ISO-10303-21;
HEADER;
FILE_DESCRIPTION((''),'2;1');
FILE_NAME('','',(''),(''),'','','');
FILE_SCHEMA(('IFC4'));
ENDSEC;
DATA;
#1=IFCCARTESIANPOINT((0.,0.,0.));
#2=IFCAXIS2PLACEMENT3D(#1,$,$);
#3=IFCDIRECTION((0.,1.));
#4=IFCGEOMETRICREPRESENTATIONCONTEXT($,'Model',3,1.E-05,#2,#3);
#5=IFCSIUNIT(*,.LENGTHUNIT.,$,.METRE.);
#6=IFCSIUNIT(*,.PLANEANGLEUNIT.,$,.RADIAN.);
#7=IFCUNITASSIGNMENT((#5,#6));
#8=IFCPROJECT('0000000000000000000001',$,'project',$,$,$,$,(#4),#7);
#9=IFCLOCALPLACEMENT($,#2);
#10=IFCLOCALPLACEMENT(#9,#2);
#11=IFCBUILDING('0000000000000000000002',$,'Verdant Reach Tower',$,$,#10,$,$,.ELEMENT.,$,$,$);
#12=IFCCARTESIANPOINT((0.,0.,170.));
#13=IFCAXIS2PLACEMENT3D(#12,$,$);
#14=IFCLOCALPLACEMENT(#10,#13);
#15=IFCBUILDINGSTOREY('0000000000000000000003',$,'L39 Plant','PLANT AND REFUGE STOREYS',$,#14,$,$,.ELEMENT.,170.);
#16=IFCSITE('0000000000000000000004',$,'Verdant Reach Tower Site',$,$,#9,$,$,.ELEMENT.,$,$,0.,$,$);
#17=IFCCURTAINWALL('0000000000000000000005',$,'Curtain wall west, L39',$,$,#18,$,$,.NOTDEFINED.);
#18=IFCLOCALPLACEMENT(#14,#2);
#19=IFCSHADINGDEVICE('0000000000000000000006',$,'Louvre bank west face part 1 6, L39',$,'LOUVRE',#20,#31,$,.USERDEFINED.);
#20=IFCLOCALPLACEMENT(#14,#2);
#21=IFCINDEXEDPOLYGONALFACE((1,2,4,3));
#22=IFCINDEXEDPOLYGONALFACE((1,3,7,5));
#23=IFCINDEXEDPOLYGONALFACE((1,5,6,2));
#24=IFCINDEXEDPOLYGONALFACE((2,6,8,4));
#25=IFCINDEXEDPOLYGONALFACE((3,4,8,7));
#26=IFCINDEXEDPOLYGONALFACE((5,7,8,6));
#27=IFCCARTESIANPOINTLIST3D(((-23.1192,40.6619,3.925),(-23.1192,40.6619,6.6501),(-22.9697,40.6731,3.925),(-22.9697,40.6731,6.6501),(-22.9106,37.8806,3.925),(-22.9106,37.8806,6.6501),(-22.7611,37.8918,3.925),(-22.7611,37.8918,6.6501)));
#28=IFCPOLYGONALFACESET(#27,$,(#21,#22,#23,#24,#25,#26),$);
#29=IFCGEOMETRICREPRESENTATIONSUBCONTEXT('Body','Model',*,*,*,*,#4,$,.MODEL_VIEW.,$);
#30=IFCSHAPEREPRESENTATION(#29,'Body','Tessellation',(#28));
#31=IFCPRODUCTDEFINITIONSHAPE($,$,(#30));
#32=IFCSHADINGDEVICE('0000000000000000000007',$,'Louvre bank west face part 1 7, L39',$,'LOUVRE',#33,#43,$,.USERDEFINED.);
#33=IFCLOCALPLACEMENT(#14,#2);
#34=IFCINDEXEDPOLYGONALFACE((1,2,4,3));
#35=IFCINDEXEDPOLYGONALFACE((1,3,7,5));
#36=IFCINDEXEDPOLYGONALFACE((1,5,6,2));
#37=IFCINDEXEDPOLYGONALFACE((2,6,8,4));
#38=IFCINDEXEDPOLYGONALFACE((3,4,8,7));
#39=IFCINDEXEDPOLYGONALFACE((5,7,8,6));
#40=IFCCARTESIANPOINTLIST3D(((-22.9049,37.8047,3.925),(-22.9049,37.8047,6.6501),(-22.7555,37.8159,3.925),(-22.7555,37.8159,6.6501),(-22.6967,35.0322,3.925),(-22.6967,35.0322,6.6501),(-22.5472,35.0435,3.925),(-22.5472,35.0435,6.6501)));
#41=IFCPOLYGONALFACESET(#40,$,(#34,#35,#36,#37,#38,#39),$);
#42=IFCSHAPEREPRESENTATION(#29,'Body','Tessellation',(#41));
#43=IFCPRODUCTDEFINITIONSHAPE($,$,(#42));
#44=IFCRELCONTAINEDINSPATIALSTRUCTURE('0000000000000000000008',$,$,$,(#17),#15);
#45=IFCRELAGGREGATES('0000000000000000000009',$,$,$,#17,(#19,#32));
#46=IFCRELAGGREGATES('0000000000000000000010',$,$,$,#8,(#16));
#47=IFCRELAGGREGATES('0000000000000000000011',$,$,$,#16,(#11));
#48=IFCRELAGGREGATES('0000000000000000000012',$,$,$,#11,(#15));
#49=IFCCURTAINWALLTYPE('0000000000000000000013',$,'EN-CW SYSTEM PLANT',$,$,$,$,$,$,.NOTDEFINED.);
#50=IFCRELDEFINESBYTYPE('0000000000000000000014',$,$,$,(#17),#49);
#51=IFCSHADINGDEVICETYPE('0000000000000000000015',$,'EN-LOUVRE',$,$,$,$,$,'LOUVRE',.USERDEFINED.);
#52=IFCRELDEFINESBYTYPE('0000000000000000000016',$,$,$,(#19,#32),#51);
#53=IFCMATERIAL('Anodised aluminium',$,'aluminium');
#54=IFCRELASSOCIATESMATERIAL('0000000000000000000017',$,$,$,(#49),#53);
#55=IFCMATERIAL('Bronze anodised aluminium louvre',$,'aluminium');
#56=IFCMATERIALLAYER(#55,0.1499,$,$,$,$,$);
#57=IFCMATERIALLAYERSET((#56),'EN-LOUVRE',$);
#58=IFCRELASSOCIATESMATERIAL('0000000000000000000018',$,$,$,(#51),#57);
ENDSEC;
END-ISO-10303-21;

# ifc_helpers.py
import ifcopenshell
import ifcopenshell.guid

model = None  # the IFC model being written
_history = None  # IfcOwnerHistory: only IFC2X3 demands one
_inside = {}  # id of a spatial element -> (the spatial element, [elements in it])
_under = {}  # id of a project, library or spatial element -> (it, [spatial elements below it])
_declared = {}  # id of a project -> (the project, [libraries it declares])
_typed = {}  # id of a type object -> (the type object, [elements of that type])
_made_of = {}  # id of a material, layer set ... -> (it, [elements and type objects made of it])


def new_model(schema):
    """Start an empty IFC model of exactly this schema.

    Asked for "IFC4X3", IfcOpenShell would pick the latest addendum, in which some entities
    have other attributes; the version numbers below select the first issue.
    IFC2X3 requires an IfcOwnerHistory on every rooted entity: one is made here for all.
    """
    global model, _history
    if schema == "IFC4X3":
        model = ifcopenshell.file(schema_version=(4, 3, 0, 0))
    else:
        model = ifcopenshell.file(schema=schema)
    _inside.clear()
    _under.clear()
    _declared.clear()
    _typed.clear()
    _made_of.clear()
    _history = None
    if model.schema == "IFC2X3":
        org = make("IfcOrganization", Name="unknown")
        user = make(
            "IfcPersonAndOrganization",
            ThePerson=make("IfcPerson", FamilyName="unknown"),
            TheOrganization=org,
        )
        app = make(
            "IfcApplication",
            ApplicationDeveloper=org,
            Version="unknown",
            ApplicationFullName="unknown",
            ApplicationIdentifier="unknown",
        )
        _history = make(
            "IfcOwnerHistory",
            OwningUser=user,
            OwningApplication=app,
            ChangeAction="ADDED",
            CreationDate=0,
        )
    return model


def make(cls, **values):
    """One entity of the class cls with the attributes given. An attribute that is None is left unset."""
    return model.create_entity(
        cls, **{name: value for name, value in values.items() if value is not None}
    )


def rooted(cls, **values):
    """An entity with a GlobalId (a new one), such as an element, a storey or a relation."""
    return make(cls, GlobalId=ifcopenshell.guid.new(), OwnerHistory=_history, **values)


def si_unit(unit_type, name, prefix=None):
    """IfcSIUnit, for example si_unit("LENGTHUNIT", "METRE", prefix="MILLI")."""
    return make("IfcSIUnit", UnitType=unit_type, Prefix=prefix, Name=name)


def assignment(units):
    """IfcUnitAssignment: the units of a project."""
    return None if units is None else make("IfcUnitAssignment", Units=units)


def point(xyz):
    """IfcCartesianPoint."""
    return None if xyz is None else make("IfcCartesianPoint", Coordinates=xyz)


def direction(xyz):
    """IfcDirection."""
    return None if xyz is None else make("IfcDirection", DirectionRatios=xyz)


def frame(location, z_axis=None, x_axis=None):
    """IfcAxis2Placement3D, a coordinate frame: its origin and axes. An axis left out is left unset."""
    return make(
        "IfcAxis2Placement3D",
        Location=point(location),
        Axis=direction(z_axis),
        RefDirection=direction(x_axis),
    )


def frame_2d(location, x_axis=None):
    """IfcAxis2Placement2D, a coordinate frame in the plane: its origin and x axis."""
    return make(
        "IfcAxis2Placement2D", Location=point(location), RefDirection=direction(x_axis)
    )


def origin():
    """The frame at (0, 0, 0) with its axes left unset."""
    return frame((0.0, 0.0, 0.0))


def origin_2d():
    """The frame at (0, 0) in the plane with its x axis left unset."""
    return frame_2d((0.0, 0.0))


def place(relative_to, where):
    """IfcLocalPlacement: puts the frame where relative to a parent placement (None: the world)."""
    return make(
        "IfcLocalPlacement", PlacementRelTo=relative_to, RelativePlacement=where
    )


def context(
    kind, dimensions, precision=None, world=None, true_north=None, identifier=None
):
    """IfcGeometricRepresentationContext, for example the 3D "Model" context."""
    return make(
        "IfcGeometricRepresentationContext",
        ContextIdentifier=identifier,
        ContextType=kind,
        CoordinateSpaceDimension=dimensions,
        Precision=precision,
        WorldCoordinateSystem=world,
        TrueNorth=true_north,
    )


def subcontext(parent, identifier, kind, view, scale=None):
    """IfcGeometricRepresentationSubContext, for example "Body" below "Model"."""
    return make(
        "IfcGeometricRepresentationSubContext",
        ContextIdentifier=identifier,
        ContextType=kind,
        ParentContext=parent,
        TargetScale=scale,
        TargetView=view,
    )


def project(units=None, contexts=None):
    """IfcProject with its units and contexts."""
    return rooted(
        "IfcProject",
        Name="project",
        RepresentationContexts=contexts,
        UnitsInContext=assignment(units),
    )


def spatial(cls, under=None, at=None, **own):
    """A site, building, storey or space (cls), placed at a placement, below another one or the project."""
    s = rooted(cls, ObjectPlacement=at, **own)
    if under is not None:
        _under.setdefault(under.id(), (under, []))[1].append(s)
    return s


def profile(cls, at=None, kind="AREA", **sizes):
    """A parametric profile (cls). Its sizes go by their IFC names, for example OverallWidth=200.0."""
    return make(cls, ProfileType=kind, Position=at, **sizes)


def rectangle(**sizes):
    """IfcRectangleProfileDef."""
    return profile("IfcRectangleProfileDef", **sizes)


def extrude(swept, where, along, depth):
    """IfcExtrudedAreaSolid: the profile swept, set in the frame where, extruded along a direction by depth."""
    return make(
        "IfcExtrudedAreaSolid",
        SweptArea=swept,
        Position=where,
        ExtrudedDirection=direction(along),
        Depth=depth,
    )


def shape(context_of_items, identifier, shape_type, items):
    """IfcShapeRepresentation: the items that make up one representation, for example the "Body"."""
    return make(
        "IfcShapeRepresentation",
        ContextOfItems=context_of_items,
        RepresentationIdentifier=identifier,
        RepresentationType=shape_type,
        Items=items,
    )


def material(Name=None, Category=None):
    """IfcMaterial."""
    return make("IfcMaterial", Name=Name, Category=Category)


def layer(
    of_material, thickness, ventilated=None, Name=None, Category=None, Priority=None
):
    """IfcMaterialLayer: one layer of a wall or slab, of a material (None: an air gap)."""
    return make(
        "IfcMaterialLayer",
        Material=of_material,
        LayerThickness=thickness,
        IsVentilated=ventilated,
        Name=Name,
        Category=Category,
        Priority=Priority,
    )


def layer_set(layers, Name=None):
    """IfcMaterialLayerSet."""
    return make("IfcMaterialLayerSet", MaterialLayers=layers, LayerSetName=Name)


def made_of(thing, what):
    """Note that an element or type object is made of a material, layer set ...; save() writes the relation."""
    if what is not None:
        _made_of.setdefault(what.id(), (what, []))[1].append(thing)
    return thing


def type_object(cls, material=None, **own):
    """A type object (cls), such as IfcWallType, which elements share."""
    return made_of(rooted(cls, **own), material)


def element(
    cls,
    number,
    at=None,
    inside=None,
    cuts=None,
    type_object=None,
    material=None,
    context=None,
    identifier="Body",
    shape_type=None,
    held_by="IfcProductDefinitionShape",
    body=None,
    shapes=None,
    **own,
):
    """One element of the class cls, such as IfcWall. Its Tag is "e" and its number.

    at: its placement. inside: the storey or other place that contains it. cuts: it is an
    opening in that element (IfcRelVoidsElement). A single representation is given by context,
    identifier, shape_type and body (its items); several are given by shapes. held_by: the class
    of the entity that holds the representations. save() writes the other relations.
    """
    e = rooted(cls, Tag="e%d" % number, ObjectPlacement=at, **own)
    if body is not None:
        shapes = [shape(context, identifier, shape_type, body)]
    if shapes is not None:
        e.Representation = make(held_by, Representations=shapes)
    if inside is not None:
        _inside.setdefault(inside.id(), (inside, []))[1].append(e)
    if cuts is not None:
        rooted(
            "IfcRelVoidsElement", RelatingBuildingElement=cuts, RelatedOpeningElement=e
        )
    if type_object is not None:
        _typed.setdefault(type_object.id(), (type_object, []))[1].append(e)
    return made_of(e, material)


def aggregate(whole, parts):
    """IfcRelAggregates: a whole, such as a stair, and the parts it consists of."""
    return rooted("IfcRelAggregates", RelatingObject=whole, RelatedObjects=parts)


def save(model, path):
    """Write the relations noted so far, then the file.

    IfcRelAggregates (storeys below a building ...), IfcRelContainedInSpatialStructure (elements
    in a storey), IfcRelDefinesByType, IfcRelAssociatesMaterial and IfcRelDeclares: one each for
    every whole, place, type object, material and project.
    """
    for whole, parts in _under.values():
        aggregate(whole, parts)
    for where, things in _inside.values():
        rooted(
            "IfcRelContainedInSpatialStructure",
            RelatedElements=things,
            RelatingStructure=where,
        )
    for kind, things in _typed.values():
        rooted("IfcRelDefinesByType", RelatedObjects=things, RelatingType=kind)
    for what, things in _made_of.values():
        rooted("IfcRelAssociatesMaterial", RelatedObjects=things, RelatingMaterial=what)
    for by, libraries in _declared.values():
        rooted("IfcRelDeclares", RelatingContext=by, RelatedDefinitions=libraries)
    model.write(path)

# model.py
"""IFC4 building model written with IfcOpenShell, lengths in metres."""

from ifc_helpers import new_model, si_unit, direction, frame, origin, origin_2d, place, context, subcontext, project, spatial, rectangle, extrude, material, layer, layer_set, type_object, element, aggregate, save


model = new_model("IFC4")

# Units and contexts
model_context = context("Model", 3, precision=1e-05, world=origin(), true_north=direction((0.0, 1.0)))
body_context = subcontext(model_context, "Body", "Model", "MODEL_VIEW")
ifc_project = project(units=[si_unit("LENGTHUNIT", "METRE"), si_unit("PLANEANGLEUNIT", "RADIAN")], contexts=[model_context])

# Site, building, storey
site_placement = place(None, origin())
site = spatial("IfcSite", under=ifc_project, at=site_placement, Name="Verdant Reach Tower Site", CompositionType="ELEMENT", RefElevation=0.0)
building_placement = place(site_placement, origin())
building = spatial("IfcBuilding", under=site, at=building_placement, Name="Verdant Reach Tower", CompositionType="ELEMENT")
storey_placement = place(building_placement, frame((0.0, 0.0, 170.0)))
storey = spatial("IfcBuildingStorey", under=building, at=storey_placement, Name="L39 Plant", Description="PLANT AND REFUGE STOREYS", CompositionType="ELEMENT", Elevation=170.0)

# Curtain wall
ifc_material_1 = material(Name="Anodised aluminium", Category="aluminium")
curtain_wall_type = type_object("IfcCurtainWallType", Name="EN-CW SYSTEM PLANT", PredefinedType="NOTDEFINED", material=ifc_material_1)
curtain_wall_placement = place(storey_placement, origin())
curtain_wall = element("IfcCurtainWall", 1, at=curtain_wall_placement, inside=storey, type_object=curtain_wall_type, Name="Curtain wall west, L39", PredefinedType="NOTDEFINED")

# Shading devices
ifc_material_2 = material(Name="Bronze anodised aluminium louvre", Category="aluminium")
ifc_layer_1 = layer(ifc_material_2, 0.1499)
ifc_layer_set_1 = layer_set([ifc_layer_1], Name="EN-LOUVRE")
shading_device_type = type_object("IfcShadingDeviceType", Name="EN-LOUVRE", ElementType="LOUVRE", PredefinedType="USERDEFINED", material=ifc_layer_set_1)
shading_device_1_placement = place(storey_placement, frame((-22.9402, 39.2769, 3.925), z_axis=(0.0, 0.0, 1.0), x_axis=(0.07479, -0.997199, 0.0)))
shading_device_1 = element("IfcShadingDevice", 2, at=shading_device_1_placement, type_object=shading_device_type, Name="Louvre bank west face part 1 6, L39", ObjectType="LOUVRE", PredefinedType="USERDEFINED", context=body_context, shape_type="SweptSolid", body=[
    extrude(rectangle(XDim=2.7891, YDim=0.1499, at=origin_2d()), origin(), (0.0, 0.0, 1.0), 2.7251),
])
shading_device_2_placement = place(storey_placement, frame((-22.7261, 36.4241, 3.925), z_axis=(0.0, 0.0, 1.0), x_axis=(0.074906, -0.997191, 0.0)))
shading_device_2 = element("IfcShadingDevice", 3, at=shading_device_2_placement, type_object=shading_device_type, Name="Louvre bank west face part 1 7, L39", ObjectType="LOUVRE", PredefinedType="USERDEFINED", context=body_context, shape_type="SweptSolid", body=[
    extrude(rectangle(XDim=2.7803, YDim=0.1499, at=origin_2d()), origin(), (0.0, 0.0, 1.0), 2.7251),
])
aggregate(curtain_wall, [shading_device_1, shading_device_2])

save(model, "model.ifc")
